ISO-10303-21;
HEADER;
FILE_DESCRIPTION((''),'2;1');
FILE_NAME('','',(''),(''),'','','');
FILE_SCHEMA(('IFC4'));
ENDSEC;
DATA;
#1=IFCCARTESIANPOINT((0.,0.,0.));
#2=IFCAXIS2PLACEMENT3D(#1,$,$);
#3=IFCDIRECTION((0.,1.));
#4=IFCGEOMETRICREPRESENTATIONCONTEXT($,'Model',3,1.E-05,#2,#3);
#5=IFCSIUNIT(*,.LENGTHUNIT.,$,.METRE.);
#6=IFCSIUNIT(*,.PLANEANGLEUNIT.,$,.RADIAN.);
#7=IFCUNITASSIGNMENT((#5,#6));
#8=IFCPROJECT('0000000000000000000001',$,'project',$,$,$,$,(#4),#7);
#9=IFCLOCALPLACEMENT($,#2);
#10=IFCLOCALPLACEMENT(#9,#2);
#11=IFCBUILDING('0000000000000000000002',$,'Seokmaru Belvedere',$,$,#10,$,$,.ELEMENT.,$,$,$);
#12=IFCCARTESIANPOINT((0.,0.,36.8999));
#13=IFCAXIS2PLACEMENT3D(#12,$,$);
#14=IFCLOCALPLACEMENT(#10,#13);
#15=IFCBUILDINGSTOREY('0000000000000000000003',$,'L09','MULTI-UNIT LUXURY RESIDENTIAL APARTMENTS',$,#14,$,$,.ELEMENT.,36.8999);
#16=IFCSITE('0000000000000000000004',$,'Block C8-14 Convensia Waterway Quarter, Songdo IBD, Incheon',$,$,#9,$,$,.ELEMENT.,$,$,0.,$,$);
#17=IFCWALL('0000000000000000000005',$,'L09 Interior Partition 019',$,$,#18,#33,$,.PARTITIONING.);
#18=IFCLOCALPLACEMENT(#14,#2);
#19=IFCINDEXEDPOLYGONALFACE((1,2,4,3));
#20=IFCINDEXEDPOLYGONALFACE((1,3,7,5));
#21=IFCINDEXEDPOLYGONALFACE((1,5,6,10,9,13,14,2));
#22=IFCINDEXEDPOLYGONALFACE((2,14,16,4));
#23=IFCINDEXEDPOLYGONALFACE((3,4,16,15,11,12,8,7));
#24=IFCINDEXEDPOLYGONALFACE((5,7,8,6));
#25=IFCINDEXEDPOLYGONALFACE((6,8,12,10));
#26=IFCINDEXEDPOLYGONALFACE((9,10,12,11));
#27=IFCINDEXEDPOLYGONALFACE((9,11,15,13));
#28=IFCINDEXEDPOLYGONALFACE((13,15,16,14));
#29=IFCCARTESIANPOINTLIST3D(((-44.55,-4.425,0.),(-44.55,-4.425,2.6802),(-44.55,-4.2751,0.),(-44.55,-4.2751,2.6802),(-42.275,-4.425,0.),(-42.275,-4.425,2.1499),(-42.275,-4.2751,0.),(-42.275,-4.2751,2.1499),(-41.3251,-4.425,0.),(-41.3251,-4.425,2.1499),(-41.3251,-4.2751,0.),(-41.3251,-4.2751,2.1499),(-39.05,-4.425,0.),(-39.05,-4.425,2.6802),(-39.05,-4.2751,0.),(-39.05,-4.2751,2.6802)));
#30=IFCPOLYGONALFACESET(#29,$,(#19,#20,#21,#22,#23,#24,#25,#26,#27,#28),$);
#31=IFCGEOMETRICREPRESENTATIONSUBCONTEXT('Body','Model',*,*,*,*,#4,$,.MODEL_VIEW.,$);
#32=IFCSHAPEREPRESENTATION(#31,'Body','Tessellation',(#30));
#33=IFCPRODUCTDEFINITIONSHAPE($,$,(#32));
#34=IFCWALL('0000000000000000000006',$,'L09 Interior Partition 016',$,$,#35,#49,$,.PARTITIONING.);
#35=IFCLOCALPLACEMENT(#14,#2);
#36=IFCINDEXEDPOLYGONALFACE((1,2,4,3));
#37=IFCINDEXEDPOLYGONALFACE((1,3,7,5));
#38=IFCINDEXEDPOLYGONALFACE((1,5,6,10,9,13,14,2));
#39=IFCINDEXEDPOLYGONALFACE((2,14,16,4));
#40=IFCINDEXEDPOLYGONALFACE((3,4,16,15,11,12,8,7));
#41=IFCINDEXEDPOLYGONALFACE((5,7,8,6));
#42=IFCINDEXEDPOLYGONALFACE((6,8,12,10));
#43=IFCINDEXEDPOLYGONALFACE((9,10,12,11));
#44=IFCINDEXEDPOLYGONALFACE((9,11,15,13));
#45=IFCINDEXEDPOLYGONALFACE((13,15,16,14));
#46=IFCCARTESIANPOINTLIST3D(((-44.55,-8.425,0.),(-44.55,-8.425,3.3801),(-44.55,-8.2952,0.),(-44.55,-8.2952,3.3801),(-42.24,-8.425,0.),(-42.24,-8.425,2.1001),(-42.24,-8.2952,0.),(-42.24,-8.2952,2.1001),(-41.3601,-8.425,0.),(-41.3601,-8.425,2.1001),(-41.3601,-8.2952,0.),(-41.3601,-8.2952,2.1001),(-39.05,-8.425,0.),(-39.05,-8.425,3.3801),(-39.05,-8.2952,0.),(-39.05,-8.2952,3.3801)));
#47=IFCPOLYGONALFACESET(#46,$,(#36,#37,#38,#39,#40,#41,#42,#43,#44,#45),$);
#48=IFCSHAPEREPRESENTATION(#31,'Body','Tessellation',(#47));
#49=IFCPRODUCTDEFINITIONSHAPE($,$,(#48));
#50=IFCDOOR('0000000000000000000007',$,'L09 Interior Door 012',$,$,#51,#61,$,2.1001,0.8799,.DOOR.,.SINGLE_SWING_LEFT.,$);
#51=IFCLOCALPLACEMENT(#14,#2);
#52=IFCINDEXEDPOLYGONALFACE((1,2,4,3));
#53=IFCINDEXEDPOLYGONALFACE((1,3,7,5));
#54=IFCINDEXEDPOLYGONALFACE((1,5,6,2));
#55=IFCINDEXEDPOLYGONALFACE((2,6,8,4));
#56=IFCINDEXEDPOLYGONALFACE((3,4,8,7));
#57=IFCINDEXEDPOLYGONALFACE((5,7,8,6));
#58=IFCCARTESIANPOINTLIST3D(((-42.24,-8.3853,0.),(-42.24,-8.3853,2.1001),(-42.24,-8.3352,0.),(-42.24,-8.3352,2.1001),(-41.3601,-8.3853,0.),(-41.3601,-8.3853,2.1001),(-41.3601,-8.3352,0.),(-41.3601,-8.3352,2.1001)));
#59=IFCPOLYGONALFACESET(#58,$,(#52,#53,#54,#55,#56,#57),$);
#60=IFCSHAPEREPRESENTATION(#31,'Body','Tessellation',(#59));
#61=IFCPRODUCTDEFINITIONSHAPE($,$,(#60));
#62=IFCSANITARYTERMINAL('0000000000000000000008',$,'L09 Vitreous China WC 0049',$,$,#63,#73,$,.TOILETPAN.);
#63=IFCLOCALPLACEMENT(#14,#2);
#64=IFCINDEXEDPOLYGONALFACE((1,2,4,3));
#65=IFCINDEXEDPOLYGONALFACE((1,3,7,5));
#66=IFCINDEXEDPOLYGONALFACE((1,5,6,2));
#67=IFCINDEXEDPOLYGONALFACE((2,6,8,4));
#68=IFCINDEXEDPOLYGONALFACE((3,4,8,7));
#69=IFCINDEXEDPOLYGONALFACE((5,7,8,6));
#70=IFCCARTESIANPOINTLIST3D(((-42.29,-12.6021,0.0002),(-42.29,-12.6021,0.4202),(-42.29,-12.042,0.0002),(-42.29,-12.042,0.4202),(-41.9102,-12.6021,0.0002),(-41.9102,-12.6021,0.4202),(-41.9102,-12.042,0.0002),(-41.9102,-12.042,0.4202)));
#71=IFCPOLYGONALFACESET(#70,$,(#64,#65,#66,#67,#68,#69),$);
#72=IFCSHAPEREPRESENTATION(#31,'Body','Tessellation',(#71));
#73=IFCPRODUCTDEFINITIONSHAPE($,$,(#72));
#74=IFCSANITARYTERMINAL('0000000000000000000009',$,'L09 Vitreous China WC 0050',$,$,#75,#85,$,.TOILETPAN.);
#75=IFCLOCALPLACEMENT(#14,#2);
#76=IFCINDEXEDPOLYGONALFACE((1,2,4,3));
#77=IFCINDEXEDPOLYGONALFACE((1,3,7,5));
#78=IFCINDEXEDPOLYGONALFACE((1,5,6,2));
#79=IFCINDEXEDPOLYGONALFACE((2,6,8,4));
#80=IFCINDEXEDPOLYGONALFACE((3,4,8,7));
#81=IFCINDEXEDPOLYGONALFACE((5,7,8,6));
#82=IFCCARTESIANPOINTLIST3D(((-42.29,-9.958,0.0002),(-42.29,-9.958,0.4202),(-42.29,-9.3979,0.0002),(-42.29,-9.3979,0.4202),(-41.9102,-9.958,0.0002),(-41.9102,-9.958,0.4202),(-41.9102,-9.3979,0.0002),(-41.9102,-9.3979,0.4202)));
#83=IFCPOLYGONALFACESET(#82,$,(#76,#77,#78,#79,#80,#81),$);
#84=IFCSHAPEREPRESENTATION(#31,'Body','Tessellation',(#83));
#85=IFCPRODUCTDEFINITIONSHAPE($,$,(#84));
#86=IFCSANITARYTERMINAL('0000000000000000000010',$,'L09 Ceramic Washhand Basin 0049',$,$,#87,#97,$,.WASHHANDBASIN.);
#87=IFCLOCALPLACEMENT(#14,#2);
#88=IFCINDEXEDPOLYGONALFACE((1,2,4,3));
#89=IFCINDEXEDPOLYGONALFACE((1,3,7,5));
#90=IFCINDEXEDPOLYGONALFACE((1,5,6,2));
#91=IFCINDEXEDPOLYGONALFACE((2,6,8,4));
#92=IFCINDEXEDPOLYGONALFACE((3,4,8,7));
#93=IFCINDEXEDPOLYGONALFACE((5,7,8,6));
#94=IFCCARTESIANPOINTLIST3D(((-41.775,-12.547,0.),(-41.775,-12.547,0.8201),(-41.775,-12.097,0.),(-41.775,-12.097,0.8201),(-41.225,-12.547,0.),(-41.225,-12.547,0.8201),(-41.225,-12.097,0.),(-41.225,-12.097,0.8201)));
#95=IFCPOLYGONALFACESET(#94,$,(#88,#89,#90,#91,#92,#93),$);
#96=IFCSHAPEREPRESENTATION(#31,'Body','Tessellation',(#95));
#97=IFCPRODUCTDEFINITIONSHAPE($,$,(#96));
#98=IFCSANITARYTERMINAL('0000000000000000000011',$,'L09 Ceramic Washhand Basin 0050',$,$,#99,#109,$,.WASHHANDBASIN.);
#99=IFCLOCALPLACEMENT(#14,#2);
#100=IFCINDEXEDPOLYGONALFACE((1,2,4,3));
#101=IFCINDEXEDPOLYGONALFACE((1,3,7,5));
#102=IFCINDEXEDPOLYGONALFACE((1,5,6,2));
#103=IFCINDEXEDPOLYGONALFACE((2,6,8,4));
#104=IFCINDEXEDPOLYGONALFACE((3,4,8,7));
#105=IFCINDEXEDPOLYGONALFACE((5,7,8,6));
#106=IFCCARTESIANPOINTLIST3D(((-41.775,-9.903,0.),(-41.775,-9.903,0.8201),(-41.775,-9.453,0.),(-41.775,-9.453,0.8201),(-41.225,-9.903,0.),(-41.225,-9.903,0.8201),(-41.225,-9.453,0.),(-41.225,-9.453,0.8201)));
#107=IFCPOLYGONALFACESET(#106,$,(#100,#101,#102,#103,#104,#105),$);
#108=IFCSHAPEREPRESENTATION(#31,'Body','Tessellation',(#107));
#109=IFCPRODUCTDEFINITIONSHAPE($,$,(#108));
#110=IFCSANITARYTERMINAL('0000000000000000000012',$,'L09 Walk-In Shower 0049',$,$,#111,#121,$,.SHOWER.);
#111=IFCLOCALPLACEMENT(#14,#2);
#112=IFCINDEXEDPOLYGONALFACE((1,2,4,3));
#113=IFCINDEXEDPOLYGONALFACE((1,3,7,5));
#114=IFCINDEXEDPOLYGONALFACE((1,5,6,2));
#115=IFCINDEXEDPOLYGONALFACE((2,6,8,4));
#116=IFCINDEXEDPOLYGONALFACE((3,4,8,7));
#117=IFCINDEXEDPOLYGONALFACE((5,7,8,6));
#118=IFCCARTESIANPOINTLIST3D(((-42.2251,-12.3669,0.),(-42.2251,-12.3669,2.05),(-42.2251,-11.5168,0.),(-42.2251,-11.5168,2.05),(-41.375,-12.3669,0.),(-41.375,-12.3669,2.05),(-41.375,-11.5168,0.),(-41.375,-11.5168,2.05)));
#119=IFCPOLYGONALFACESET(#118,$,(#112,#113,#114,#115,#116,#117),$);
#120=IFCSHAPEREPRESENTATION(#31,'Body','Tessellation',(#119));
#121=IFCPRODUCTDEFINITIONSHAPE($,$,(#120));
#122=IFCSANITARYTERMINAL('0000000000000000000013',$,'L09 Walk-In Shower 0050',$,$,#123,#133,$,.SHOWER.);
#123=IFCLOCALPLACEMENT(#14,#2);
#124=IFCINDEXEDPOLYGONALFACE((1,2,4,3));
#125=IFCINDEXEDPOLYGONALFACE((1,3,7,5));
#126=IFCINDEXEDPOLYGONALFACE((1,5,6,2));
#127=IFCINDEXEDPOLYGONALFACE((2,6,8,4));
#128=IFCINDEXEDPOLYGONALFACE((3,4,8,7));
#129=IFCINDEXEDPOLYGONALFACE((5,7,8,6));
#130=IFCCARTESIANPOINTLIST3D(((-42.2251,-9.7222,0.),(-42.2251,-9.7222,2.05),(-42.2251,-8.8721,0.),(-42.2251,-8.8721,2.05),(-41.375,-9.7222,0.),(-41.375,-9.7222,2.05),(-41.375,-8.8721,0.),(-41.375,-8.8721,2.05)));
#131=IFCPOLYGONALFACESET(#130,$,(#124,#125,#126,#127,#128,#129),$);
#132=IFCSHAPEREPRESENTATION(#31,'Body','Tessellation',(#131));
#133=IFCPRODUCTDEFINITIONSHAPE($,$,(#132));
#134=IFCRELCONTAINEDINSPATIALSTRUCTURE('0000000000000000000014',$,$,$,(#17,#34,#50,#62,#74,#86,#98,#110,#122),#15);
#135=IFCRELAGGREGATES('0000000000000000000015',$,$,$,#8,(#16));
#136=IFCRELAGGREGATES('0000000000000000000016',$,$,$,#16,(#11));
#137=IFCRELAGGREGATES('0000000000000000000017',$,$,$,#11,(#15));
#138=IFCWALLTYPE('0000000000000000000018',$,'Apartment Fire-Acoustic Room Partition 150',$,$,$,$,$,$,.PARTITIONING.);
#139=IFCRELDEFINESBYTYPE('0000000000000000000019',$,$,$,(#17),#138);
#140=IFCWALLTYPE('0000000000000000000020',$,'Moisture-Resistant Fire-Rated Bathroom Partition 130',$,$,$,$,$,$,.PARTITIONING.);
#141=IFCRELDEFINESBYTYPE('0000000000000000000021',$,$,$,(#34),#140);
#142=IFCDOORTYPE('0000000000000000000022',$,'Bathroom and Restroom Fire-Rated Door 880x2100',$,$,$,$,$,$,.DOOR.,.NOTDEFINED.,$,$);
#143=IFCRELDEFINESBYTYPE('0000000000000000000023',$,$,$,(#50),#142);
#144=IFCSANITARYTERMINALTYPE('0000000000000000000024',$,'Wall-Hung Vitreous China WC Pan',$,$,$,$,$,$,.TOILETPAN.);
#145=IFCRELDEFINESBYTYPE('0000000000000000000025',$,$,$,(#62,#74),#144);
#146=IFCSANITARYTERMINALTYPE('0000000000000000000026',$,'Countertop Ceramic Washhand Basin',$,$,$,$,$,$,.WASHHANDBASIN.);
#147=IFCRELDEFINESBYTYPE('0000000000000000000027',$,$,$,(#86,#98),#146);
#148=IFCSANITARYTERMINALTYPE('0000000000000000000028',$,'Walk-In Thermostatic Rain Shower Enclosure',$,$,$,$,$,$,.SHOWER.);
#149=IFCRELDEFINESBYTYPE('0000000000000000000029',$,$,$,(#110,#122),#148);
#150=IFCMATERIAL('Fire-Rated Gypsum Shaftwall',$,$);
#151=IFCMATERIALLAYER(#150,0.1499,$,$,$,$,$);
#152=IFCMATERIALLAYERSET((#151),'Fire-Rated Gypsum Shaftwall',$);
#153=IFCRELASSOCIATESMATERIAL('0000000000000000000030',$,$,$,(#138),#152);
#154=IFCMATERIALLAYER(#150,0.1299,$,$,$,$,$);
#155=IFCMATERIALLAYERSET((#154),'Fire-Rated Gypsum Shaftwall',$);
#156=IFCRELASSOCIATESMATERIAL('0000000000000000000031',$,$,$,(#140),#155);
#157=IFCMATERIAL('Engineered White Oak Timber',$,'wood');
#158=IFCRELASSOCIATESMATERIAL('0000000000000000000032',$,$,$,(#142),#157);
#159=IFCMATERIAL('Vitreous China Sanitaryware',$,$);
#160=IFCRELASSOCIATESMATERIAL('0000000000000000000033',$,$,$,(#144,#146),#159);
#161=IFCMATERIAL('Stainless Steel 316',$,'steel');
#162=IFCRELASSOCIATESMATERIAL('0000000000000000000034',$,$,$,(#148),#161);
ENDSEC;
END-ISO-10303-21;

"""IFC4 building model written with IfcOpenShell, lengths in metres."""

from ifc_helpers import new_model, si_unit, direction, frame, frame_2d, origin, origin_2d, place, context, subcontext, project, spatial, rectangle, extrude, source, transform, mapped, material, layer, layer_set, type_object, type_shapes, element, fill, save


model = new_model("IFC4")

# Units and contexts
model_context = context("Model", 3, precision=1e-05, world=origin(), true_north=direction((0.0, 1.0)))
body_context = subcontext(model_context, "Body", "Model", "MODEL_VIEW")
ifc_project = project(units=[si_unit("LENGTHUNIT", "METRE"), si_unit("PLANEANGLEUNIT", "RADIAN")], contexts=[model_context])

# Site, building, storey
site_placement = place(None, origin())
site = spatial("IfcSite", under=ifc_project, at=site_placement, Name="Block C8-14 Convensia Waterway Quarter, Songdo IBD, Incheon", CompositionType="ELEMENT", RefElevation=0.0)
building_placement = place(site_placement, origin())
building = spatial("IfcBuilding", under=site, at=building_placement, Name="Seokmaru Belvedere", CompositionType="ELEMENT")
storey_placement = place(building_placement, frame((0.0, 0.0, 36.8999)))
storey = spatial("IfcBuildingStorey", under=building, at=storey_placement, Name="L09", Description="MULTI-UNIT LUXURY RESIDENTIAL APARTMENTS", CompositionType="ELEMENT", Elevation=36.8999)

# Wall, opening
ifc_material_1 = material(Name="Fire-Rated Gypsum Shaftwall")
ifc_layer_1 = layer(ifc_material_1, 0.1499)
ifc_layer_set_1 = layer_set([ifc_layer_1], Name="Fire-Rated Gypsum Shaftwall")
wall_type_1 = type_object("IfcWallType", Name="Apartment Fire-Acoustic Room Partition 150", PredefinedType="PARTITIONING", material=ifc_layer_set_1)
wall_1_placement = place(storey_placement, frame((-44.55, -4.3501, 0.0), z_axis=(0.0, 0.0, 1.0), x_axis=(1.0, 0.0, 0.0)))
wall_1 = element("IfcWall", 1, at=wall_1_placement, inside=storey, type_object=wall_type_1, Name="L09 Interior Partition 019", PredefinedType="PARTITIONING", context=body_context, shape_type="SweptSolid", body=[
    extrude(rectangle(XDim=5.5, YDim=0.1499, at=frame_2d((2.75, 0.0))), origin(), (0.0, 0.0, 1.0), 2.6802),
])
opening_1_placement = place(wall_1_placement, frame((2.2749, 0.0, 0.0)))
element("IfcOpeningElement", 2, at=opening_1_placement, cuts=wall_1, PredefinedType="OPENING", context=body_context, shape_type="SweptSolid", body=[
    extrude(rectangle(XDim=0.95, YDim=2.1499, at=frame_2d((0.4751, 1.075))), frame((0.0, 0.085, 0.0), z_axis=(0.0, -1.0, 0.0), x_axis=(1.0, 0.0, 0.0)), (0.0, 0.0, 1.0), 0.1699),
])

# Wall, opening, door
ifc_layer_2 = layer(ifc_material_1, 0.1299)
ifc_layer_set_2 = layer_set([ifc_layer_2], Name="Fire-Rated Gypsum Shaftwall")
wall_type_2 = type_object("IfcWallType", Name="Moisture-Resistant Fire-Rated Bathroom Partition 130", PredefinedType="PARTITIONING", material=ifc_layer_set_2)
wall_2_placement = place(storey_placement, frame((-44.55, -8.3601, 0.0), z_axis=(0.0, 0.0, 1.0), x_axis=(1.0, 0.0, 0.0)))
wall_2 = element("IfcWall", 3, at=wall_2_placement, inside=storey, type_object=wall_type_2, Name="L09 Interior Partition 016", PredefinedType="PARTITIONING", context=body_context, shape_type="SweptSolid", body=[
    extrude(rectangle(XDim=5.5, YDim=0.1299, at=frame_2d((2.75, 0.0))), origin(), (0.0, 0.0, 1.0), 3.3801),
])
opening_2_placement = place(wall_2_placement, frame((2.3101, 0.0, 0.0)))
opening_2 = element("IfcOpeningElement", 4, at=opening_2_placement, cuts=wall_2, PredefinedType="OPENING", context=body_context, shape_type="SweptSolid", body=[
    extrude(rectangle(XDim=0.8799, YDim=2.1001, at=frame_2d((0.4399, 1.05))), frame((0.0, 0.075, 0.0), z_axis=(0.0, -1.0, 0.0), x_axis=(1.0, 0.0, 0.0)), (0.0, 0.0, 1.0), 0.1499),
])
ifc_material_2 = material(Name="Engineered White Oak Timber", Category="wood")
door_type = type_object("IfcDoorType", Name="Bathroom and Restroom Fire-Rated Door 880x2100", OperationType="NOTDEFINED", PredefinedType="DOOR", material=ifc_material_2)
shared_shape_1 = source(origin(), body_context, "Body", "SweptSolid", [
    extrude(rectangle(XDim=0.8799, YDim=2.1001, at=frame_2d((0.4399, 1.05))), frame((0.0, 0.0249, 0.0), z_axis=(0.0, -1.0, 0.0), x_axis=(1.0, 0.0, 0.0)), (0.0, 0.0, 1.0), 0.05),
])
type_shapes(door_type, [shared_shape_1])
door_placement = place(opening_2_placement, origin())
door = element("IfcDoor", 5, at=door_placement, inside=storey, type_object=door_type, Name="L09 Interior Door 012", OperationType="SINGLE_SWING_LEFT", OverallHeight=2.1001, OverallWidth=0.8799, PredefinedType="DOOR", context=body_context, shape_type="MappedRepresentation", body=[
    mapped(shared_shape_1, transform((0.0, 0.0, 0.0), scale=1.0)),
])
fill(opening_2, door)

# Sanitary terminals
ifc_material_3 = material(Name="Vitreous China Sanitaryware")
sanitary_terminal_type_1 = type_object("IfcSanitaryTerminalType", Name="Wall-Hung Vitreous China WC Pan", PredefinedType="TOILETPAN", material=ifc_material_3)
shared_shape_2 = source(origin(), body_context, "Body", "SweptSolid", [
    extrude(rectangle(XDim=0.3799, YDim=0.5601, at=origin_2d()), origin(), (0.0, 0.0, 1.0), 0.4199),
])
type_shapes(sanitary_terminal_type_1, [shared_shape_2])
for number, where, z_axis, x_axis, name in (
    (6, (-42.1001, -12.322, 0.0002), (0.0, 0.0, 1.0), (1.0, 0.0, 0.0), "L09 Vitreous China WC 0049"),
    (7, (-42.1001, -9.678, 0.0002), (0.0, 0.0, 1.0), (1.0, 0.0, 0.0), "L09 Vitreous China WC 0050"),
):
    element("IfcSanitaryTerminal", number, at=place(storey_placement, frame(where, z_axis=z_axis, x_axis=x_axis)), inside=storey, type_object=sanitary_terminal_type_1, Name=name, PredefinedType="TOILETPAN", context=body_context, shape_type="MappedRepresentation", body=[
        mapped(shared_shape_2, transform((0.0, 0.0, 0.0), scale=1.0)),
    ])
sanitary_terminal_type_2 = type_object("IfcSanitaryTerminalType", Name="Countertop Ceramic Washhand Basin", PredefinedType="WASHHANDBASIN", material=ifc_material_3)
shared_shape_3 = source(origin(), body_context, "Body", "SweptSolid", [
    extrude(rectangle(XDim=0.55, YDim=0.45, at=origin_2d()), origin(), (0.0, 0.0, 1.0), 0.8201),
])
type_shapes(sanitary_terminal_type_2, [shared_shape_3])
for number, where, z_axis, x_axis, name in (
    (8, (-41.5, -12.322, 0.0), (0.0, 0.0, 1.0), (1.0, 0.0, 0.0), "L09 Ceramic Washhand Basin 0049"),
    (9, (-41.5, -9.678, 0.0), (0.0, 0.0, 1.0), (1.0, 0.0, 0.0), "L09 Ceramic Washhand Basin 0050"),
):
    element("IfcSanitaryTerminal", number, at=place(storey_placement, frame(where, z_axis=z_axis, x_axis=x_axis)), inside=storey, type_object=sanitary_terminal_type_2, Name=name, PredefinedType="WASHHANDBASIN", context=body_context, shape_type="MappedRepresentation", body=[
        mapped(shared_shape_3, transform((0.0, 0.0, 0.0), scale=1.0)),
    ])
ifc_material_4 = material(Name="Stainless Steel 316", Category="steel")
sanitary_terminal_type_3 = type_object("IfcSanitaryTerminalType", Name="Walk-In Thermostatic Rain Shower Enclosure", PredefinedType="SHOWER", material=ifc_material_4)
shared_shape_4 = source(origin(), body_context, "Body", "SweptSolid", [
    extrude(rectangle(XDim=0.8501, YDim=0.8501, at=origin_2d()), origin(), (0.0, 0.0, 1.0), 2.05),
])
type_shapes(sanitary_terminal_type_3, [shared_shape_4])
for number, where, z_axis, x_axis, name in (
    (10, (-41.8, -11.9419, 0.0), (0.0, 0.0, 1.0), (1.0, 0.0, 0.0), "L09 Walk-In Shower 0049"),
    (11, (-41.8, -9.2971, 0.0), (0.0, 0.0, 1.0), (1.0, 0.0, 0.0), "L09 Walk-In Shower 0050"),
):
    element("IfcSanitaryTerminal", number, at=place(storey_placement, frame(where, z_axis=z_axis, x_axis=x_axis)), inside=storey, type_object=sanitary_terminal_type_3, Name=name, PredefinedType="SHOWER", context=body_context, shape_type="MappedRepresentation", body=[
        mapped(shared_shape_4, transform((0.0, 0.0, 0.0), scale=1.0)),
    ])

save(model, "model.ifc")
